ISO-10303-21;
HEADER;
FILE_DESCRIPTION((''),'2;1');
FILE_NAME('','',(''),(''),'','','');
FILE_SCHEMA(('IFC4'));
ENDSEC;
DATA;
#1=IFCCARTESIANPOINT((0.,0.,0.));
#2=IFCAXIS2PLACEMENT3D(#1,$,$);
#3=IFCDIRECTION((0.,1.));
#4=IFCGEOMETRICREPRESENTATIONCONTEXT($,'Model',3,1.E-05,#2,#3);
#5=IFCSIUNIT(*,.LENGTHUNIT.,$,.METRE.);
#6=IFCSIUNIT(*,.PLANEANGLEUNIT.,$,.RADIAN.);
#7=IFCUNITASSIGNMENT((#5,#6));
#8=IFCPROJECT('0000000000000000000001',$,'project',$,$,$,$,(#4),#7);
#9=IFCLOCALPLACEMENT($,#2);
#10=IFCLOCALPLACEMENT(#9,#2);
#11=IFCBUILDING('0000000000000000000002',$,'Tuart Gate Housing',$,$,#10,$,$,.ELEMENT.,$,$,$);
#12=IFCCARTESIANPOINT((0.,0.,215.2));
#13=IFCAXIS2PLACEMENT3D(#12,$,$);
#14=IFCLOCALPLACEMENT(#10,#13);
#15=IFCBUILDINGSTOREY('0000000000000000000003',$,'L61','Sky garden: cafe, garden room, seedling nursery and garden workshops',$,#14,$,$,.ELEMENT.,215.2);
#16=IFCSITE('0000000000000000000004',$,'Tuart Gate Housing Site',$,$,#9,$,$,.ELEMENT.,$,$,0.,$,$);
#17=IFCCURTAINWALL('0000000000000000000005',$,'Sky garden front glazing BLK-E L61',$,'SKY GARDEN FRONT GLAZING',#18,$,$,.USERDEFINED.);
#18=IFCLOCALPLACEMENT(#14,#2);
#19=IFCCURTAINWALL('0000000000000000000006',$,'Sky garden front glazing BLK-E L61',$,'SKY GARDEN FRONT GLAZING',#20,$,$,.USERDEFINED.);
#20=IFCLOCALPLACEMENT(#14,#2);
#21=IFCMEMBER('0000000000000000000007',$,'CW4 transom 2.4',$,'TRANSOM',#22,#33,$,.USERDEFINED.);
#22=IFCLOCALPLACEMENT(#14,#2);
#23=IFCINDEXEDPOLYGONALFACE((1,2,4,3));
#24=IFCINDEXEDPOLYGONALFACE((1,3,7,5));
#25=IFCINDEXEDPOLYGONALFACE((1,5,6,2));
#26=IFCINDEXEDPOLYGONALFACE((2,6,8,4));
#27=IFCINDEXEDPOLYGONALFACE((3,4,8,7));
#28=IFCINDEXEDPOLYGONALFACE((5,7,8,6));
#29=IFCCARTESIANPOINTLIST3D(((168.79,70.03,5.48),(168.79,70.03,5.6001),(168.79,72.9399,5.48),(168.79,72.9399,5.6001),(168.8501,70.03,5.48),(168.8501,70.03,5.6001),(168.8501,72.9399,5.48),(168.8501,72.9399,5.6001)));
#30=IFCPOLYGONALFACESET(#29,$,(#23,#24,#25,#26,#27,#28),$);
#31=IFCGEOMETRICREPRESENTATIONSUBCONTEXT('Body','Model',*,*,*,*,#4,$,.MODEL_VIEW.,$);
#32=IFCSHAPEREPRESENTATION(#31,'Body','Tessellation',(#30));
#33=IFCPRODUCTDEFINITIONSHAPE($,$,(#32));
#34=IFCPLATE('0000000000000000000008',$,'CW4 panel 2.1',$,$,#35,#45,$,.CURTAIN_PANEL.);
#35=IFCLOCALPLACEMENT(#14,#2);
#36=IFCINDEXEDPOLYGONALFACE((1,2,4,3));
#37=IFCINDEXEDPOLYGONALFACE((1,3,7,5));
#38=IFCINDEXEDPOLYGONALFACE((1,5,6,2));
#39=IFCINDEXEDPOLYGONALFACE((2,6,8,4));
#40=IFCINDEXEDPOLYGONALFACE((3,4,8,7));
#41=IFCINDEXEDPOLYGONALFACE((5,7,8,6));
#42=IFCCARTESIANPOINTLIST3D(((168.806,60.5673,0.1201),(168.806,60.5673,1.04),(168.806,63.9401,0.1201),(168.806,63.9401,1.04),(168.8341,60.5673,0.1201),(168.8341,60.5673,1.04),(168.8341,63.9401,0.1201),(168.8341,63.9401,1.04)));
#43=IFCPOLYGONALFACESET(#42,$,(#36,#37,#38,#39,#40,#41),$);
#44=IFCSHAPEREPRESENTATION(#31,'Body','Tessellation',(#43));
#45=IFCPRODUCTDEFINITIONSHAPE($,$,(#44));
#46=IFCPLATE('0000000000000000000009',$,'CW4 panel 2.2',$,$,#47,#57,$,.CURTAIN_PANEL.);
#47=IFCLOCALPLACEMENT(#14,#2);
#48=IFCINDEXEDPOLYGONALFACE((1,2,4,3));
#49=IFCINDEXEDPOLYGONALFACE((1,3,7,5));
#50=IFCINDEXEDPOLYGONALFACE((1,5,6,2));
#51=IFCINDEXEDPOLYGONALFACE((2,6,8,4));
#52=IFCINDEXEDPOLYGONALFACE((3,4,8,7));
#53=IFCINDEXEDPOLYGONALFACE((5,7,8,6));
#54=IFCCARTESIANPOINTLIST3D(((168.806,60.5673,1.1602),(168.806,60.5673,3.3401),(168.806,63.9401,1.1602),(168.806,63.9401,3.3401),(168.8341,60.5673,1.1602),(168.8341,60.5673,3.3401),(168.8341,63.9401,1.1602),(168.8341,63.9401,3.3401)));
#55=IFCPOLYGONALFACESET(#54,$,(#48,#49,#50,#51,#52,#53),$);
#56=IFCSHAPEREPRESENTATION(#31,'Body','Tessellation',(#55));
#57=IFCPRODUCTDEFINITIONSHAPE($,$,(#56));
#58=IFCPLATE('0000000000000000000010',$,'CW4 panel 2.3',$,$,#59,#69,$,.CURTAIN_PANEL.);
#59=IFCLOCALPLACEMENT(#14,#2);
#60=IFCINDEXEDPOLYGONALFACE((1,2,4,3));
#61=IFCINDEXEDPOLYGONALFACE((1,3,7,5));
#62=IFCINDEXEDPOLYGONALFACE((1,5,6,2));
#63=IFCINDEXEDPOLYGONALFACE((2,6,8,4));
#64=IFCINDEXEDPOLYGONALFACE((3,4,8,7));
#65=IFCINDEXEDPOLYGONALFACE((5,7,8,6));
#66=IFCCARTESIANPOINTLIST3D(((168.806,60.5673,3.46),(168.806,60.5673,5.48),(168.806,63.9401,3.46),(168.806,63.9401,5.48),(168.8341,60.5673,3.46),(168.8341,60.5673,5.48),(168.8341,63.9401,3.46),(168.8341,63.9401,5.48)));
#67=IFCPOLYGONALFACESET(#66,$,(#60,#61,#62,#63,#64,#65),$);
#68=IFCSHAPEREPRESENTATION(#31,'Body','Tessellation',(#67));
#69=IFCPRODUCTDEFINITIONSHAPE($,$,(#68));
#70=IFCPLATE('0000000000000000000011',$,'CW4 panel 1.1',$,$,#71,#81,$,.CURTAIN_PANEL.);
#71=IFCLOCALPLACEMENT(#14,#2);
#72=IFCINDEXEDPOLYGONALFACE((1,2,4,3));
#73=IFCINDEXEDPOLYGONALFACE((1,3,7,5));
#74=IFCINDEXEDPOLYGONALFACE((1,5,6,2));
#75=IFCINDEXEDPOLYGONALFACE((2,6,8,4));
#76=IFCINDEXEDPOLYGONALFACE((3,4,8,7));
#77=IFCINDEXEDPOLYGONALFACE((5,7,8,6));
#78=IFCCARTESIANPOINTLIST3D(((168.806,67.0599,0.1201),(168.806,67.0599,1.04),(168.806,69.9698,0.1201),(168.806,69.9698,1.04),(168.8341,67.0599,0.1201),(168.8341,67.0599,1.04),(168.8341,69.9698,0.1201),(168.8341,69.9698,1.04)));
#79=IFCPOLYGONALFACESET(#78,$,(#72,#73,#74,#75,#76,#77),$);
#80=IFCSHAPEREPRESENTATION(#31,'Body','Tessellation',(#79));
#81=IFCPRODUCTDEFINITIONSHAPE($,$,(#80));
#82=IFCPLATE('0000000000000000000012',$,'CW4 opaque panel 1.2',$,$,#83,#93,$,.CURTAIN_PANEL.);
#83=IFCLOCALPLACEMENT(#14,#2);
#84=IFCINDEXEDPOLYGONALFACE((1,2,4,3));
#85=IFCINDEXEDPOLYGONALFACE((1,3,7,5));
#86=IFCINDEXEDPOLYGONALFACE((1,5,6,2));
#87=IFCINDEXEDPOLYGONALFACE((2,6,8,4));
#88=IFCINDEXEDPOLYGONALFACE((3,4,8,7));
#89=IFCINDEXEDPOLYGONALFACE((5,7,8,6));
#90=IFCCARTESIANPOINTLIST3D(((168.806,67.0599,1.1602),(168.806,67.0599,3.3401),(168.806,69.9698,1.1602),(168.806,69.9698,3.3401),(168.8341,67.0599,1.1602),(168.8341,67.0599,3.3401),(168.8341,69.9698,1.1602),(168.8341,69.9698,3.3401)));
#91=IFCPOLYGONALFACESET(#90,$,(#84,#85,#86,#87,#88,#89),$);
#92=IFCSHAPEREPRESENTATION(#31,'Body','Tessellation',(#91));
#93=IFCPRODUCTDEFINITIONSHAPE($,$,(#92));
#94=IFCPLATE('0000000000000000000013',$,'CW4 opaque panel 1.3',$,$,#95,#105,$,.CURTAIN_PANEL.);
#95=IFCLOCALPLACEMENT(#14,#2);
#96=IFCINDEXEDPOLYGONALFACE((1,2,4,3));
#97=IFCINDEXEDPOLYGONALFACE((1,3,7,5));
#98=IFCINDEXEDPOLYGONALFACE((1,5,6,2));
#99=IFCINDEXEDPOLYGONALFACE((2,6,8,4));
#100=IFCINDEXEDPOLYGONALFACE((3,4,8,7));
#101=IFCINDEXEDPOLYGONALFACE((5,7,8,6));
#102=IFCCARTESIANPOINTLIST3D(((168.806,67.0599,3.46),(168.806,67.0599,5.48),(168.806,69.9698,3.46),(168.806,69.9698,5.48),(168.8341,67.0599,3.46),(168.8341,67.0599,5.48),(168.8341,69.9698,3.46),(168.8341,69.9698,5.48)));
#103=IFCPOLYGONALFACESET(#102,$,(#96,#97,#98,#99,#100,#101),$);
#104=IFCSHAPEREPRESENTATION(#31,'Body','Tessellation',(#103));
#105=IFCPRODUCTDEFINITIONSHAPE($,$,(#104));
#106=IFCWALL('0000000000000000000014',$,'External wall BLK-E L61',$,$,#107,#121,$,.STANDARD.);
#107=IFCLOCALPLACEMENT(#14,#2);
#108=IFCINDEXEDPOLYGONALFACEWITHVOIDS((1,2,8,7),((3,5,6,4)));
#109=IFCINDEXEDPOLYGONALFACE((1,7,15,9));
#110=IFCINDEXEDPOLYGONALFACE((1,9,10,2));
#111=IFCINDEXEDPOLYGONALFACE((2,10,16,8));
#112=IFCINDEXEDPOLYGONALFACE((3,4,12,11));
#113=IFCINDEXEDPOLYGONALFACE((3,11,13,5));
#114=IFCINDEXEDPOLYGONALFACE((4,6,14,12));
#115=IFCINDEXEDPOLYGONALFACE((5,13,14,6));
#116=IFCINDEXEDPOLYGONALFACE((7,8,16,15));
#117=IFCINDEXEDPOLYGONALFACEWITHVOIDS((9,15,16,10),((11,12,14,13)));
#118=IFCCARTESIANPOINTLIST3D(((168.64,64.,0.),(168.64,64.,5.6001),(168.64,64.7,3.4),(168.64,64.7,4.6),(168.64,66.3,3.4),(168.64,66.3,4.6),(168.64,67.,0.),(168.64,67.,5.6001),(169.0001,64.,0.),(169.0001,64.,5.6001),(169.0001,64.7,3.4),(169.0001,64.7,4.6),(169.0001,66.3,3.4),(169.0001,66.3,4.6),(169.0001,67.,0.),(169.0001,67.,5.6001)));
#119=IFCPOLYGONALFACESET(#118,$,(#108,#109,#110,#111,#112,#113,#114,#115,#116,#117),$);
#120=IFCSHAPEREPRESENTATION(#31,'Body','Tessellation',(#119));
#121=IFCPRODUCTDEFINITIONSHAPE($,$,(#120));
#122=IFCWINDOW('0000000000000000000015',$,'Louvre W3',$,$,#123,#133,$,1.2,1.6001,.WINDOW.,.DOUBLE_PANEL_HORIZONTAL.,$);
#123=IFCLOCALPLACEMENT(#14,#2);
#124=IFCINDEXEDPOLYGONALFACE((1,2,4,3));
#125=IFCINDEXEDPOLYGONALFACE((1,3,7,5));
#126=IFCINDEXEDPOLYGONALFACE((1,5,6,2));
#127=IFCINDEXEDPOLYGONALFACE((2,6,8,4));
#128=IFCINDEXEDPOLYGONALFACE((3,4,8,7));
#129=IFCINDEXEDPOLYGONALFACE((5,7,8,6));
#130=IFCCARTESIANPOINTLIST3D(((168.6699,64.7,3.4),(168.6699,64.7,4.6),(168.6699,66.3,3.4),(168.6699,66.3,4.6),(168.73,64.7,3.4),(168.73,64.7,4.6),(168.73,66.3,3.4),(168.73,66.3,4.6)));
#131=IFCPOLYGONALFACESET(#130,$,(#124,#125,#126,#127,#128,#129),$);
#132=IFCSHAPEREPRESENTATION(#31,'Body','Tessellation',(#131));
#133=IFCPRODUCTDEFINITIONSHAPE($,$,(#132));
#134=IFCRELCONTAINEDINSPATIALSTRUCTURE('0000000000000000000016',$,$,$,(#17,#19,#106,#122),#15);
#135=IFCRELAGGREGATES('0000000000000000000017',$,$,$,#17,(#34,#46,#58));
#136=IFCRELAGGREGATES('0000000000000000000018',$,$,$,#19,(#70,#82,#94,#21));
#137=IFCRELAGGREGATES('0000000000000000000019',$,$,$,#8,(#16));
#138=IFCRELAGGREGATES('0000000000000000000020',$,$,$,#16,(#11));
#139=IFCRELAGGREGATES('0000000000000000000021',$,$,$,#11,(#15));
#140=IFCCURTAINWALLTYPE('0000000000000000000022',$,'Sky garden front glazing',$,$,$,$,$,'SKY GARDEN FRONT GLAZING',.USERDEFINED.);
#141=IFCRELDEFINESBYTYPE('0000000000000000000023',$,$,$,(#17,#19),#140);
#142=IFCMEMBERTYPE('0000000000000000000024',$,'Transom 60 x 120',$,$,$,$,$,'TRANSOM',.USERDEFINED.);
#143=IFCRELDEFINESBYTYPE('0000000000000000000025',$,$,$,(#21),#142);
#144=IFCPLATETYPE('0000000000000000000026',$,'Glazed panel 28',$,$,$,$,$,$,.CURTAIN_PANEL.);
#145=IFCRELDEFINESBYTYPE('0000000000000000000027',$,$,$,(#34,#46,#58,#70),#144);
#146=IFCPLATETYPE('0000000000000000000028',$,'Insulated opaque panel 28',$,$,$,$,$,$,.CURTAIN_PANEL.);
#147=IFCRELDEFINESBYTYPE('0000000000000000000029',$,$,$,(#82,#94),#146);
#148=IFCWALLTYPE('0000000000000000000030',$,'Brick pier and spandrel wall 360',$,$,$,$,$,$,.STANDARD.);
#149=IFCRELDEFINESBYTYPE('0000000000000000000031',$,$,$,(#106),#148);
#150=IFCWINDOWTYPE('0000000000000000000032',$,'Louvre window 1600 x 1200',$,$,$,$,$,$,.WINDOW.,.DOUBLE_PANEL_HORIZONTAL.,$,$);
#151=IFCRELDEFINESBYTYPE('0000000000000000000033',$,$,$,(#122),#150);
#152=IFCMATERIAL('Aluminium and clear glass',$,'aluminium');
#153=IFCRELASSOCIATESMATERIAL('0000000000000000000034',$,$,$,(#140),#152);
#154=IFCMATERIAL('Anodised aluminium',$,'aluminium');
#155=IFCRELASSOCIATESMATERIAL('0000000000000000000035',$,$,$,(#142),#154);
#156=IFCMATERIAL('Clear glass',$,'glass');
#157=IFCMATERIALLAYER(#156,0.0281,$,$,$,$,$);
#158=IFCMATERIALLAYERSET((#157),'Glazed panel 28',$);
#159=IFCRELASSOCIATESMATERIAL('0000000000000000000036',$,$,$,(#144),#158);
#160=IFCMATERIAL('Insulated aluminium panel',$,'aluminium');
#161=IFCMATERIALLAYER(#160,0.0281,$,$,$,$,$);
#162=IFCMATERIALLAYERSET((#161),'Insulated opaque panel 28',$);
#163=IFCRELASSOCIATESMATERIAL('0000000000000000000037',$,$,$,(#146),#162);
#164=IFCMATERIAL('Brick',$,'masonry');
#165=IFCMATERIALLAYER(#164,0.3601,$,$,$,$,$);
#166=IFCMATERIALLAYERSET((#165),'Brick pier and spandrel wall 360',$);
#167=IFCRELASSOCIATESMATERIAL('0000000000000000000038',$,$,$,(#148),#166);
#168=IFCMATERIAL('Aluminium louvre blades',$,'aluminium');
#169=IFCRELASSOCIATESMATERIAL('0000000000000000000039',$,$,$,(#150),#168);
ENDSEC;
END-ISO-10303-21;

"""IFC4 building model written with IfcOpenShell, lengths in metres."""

from ifc_helpers import new_model, si_unit, direction, frame, frame_2d, origin, origin_2d, place, context, subcontext, project, spatial, rectangle, extrude, material, layer, layer_set, material_profile, profile_set, type_object, element, fill, aggregate, save


model = new_model("IFC4")

# Units and contexts
model_context = context("Model", 3, precision=1e-05, world=origin(), true_north=direction((0.0, 1.0)))
body_context = subcontext(model_context, "Body", "Model", "MODEL_VIEW")
ifc_project = project(units=[si_unit("LENGTHUNIT", "METRE"), si_unit("PLANEANGLEUNIT", "RADIAN")], contexts=[model_context])

# Site, building, storey
site_placement = place(None, origin())
site = spatial("IfcSite", under=ifc_project, at=site_placement, Name="Tuart Gate Housing Site", CompositionType="ELEMENT", RefElevation=0.0)
building_placement = place(site_placement, origin())
building = spatial("IfcBuilding", under=site, at=building_placement, Name="Tuart Gate Housing", CompositionType="ELEMENT")
storey_placement = place(building_placement, frame((0.0, 0.0, 215.2)))
storey = spatial("IfcBuildingStorey", under=building, at=storey_placement, Name="L61", Description="Sky garden: cafe, garden room, seedling nursery and garden workshops", CompositionType="ELEMENT", Elevation=215.2)

# Curtain walls
ifc_material_1 = material(Name="Aluminium and clear glass", Category="aluminium")
curtain_wall_type = type_object("IfcCurtainWallType", Name="Sky garden front glazing", ElementType="SKY GARDEN FRONT GLAZING", PredefinedType="USERDEFINED", material=ifc_material_1)
curtain_wall_1_placement = place(storey_placement, origin())
curtain_wall_1 = element("IfcCurtainWall", 1, at=curtain_wall_1_placement, inside=storey, type_object=curtain_wall_type, Name="Sky garden front glazing BLK-E L61", ObjectType="SKY GARDEN FRONT GLAZING", PredefinedType="USERDEFINED")
curtain_wall_2_placement = place(storey_placement, origin())
curtain_wall_2 = element("IfcCurtainWall", 2, at=curtain_wall_2_placement, inside=storey, type_object=curtain_wall_type, Name="Sky garden front glazing BLK-E L61", ObjectType="SKY GARDEN FRONT GLAZING", PredefinedType="USERDEFINED")

# Member
ifc_material_2 = material(Name="Anodised aluminium", Category="aluminium")
ifc_material_profile_1 = material_profile(ifc_material_2, rectangle(XDim=0.0601, YDim=0.1201, at=origin_2d()), Name="60x120")
ifc_profile_set_1 = profile_set([ifc_material_profile_1], Name="Anodised aluminium")
member_type_1 = type_object("IfcMemberType", Name="Transom 60 x 120", ElementType="TRANSOM", PredefinedType="USERDEFINED", material=ifc_profile_set_1)
member_1_placement = place(storey_placement, frame((168.8201, 70.03, 5.54), z_axis=(0.0, 1.0, 0.0), x_axis=(-1.0, 0.0, 0.0)))
member_1 = element("IfcMember", 3, at=member_1_placement, type_object=member_type_1, Name="CW4 transom 2.4", ObjectType="TRANSOM", PredefinedType="USERDEFINED", context=body_context, shape_type="SweptSolid", body=[
    extrude(rectangle(XDim=0.0601, YDim=0.1201, at=origin_2d()), origin(), (0.0, 0.0, 1.0), 2.9099),
])

# Plates
ifc_material_3 = material(Name="Clear glass", Category="glass")
ifc_layer_1 = layer(ifc_material_3, 0.0281)
ifc_layer_set_1 = layer_set([ifc_layer_1], Name="Glazed panel 28")
plate_type_1 = type_object("IfcPlateType", Name="Glazed panel 28", PredefinedType="CURTAIN_PANEL", material=ifc_layer_set_1)
plate_1_placement = place(storey_placement, frame((168.8201, 62.2537, 0.1201), z_axis=(0.0, 0.0, 1.0), x_axis=(0.0, 1.0, 0.0)))
plate_1 = element("IfcPlate", 4, at=plate_1_placement, type_object=plate_type_1, Name="CW4 panel 2.1", PredefinedType="CURTAIN_PANEL", context=body_context, shape_type="SweptSolid", body=[
    extrude(rectangle(XDim=3.3728, YDim=0.0281, at=origin_2d()), origin(), (0.0, 0.0, 1.0), 0.9199),
])
plate_2_placement = place(storey_placement, frame((168.8201, 62.2537, 1.1602), z_axis=(0.0, 0.0, 1.0), x_axis=(0.0, 1.0, 0.0)))
plate_2 = element("IfcPlate", 5, at=plate_2_placement, type_object=plate_type_1, Name="CW4 panel 2.2", PredefinedType="CURTAIN_PANEL", context=body_context, shape_type="SweptSolid", body=[
    extrude(rectangle(XDim=3.3728, YDim=0.0281, at=origin_2d()), origin(), (0.0, 0.0, 1.0), 2.1799),
])
plate_3_placement = place(storey_placement, frame((168.8201, 62.2537, 3.46), z_axis=(0.0, 0.0, 1.0), x_axis=(0.0, 1.0, 0.0)))
plate_3 = element("IfcPlate", 6, at=plate_3_placement, type_object=plate_type_1, Name="CW4 panel 2.3", PredefinedType="CURTAIN_PANEL", context=body_context, shape_type="SweptSolid", body=[
    extrude(rectangle(XDim=3.3728, YDim=0.0281, at=origin_2d()), origin(), (0.0, 0.0, 1.0), 2.02),
])
aggregate(curtain_wall_1, [plate_1, plate_2, plate_3])
plate_4_placement = place(storey_placement, frame((168.8201, 68.5149, 0.1201), z_axis=(0.0, 0.0, 1.0), x_axis=(0.0, 1.0, 0.0)))
plate_4 = element("IfcPlate", 7, at=plate_4_placement, type_object=plate_type_1, Name="CW4 panel 1.1", PredefinedType="CURTAIN_PANEL", context=body_context, shape_type="SweptSolid", body=[
    extrude(rectangle(XDim=2.9099, YDim=0.0281, at=origin_2d()), origin(), (0.0, 0.0, 1.0), 0.9199),
])
ifc_material_4 = material(Name="Insulated aluminium panel", Category="aluminium")
ifc_layer_2 = layer(ifc_material_4, 0.0281)
ifc_layer_set_2 = layer_set([ifc_layer_2], Name="Insulated opaque panel 28")
plate_type_2 = type_object("IfcPlateType", Name="Insulated opaque panel 28", PredefinedType="CURTAIN_PANEL", material=ifc_layer_set_2)
plate_5_placement = place(storey_placement, frame((168.8201, 68.5149, 1.1602), z_axis=(0.0, 0.0, 1.0), x_axis=(0.0, 1.0, 0.0)))
plate_5 = element("IfcPlate", 8, at=plate_5_placement, type_object=plate_type_2, Name="CW4 opaque panel 1.2", PredefinedType="CURTAIN_PANEL", context=body_context, shape_type="SweptSolid", body=[
    extrude(rectangle(XDim=2.9099, YDim=0.0281, at=origin_2d()), origin(), (0.0, 0.0, 1.0), 2.1799),
])
plate_6_placement = place(storey_placement, frame((168.8201, 68.5149, 3.46), z_axis=(0.0, 0.0, 1.0), x_axis=(0.0, 1.0, 0.0)))
plate_6 = element("IfcPlate", 9, at=plate_6_placement, type_object=plate_type_2, Name="CW4 opaque panel 1.3", PredefinedType="CURTAIN_PANEL", context=body_context, shape_type="SweptSolid", body=[
    extrude(rectangle(XDim=2.9099, YDim=0.0281, at=origin_2d()), origin(), (0.0, 0.0, 1.0), 2.02),
])
aggregate(curtain_wall_2, [plate_4, plate_5, plate_6, member_1])

# Wall, opening, window
ifc_material_5 = material(Name="Brick", Category="masonry")
ifc_layer_3 = layer(ifc_material_5, 0.3601)
ifc_layer_set_3 = layer_set([ifc_layer_3], Name="Brick pier and spandrel wall 360")
wall_type = type_object("IfcWallType", Name="Brick pier and spandrel wall 360", PredefinedType="STANDARD", material=ifc_layer_set_3)
wall_placement = place(storey_placement, frame((168.8201, 64.0, 0.0), z_axis=(0.0, 0.0, 1.0), x_axis=(0.0, 1.0, 0.0)))
wall = element("IfcWall", 10, at=wall_placement, inside=storey, type_object=wall_type, Name="External wall BLK-E L61", PredefinedType="STANDARD", context=body_context, shape_type="SweptSolid", body=[
    extrude(rectangle(XDim=3.0, YDim=0.3601, at=frame_2d((1.5, 0.0))), origin(), (0.0, 0.0, 1.0), 5.6001),
])
opening_placement = place(wall_placement, frame((0.7, 0.0, 3.3999)))
opening = element("IfcOpeningElement", 11, at=opening_placement, cuts=wall, PredefinedType="OPENING", context=body_context, shape_type="SweptSolid", body=[
    extrude(rectangle(XDim=1.6001, YDim=1.2, at=frame_2d((0.8, 0.6001))), frame((0.0, 0.1899, 0.0), z_axis=(0.0, -1.0, 0.0), x_axis=(1.0, 0.0, 0.0)), (0.0, 0.0, 1.0), 0.3801),
])
ifc_material_6 = material(Name="Aluminium louvre blades", Category="aluminium")
window_type = type_object("IfcWindowType", Name="Louvre window 1600 x 1200", PartitioningType="DOUBLE_PANEL_HORIZONTAL", PredefinedType="WINDOW", material=ifc_material_6)
window_placement = place(opening_placement, origin())
window = element("IfcWindow", 12, at=window_placement, inside=storey, type_object=window_type, Name="Louvre W3", OverallHeight=1.2, OverallWidth=1.6001, PartitioningType="DOUBLE_PANEL_HORIZONTAL", PredefinedType="WINDOW", context=body_context, shape_type="SweptSolid", body=[
    extrude(rectangle(XDim=1.6001, YDim=1.2, at=frame_2d((0.8, 0.6001))), frame((0.0, 0.1501, 0.0), z_axis=(0.0, -1.0, 0.0), x_axis=(1.0, 0.0, 0.0)), (0.0, 0.0, 1.0), 0.0601),
])
fill(opening, window)

save(model, "model.ifc")
